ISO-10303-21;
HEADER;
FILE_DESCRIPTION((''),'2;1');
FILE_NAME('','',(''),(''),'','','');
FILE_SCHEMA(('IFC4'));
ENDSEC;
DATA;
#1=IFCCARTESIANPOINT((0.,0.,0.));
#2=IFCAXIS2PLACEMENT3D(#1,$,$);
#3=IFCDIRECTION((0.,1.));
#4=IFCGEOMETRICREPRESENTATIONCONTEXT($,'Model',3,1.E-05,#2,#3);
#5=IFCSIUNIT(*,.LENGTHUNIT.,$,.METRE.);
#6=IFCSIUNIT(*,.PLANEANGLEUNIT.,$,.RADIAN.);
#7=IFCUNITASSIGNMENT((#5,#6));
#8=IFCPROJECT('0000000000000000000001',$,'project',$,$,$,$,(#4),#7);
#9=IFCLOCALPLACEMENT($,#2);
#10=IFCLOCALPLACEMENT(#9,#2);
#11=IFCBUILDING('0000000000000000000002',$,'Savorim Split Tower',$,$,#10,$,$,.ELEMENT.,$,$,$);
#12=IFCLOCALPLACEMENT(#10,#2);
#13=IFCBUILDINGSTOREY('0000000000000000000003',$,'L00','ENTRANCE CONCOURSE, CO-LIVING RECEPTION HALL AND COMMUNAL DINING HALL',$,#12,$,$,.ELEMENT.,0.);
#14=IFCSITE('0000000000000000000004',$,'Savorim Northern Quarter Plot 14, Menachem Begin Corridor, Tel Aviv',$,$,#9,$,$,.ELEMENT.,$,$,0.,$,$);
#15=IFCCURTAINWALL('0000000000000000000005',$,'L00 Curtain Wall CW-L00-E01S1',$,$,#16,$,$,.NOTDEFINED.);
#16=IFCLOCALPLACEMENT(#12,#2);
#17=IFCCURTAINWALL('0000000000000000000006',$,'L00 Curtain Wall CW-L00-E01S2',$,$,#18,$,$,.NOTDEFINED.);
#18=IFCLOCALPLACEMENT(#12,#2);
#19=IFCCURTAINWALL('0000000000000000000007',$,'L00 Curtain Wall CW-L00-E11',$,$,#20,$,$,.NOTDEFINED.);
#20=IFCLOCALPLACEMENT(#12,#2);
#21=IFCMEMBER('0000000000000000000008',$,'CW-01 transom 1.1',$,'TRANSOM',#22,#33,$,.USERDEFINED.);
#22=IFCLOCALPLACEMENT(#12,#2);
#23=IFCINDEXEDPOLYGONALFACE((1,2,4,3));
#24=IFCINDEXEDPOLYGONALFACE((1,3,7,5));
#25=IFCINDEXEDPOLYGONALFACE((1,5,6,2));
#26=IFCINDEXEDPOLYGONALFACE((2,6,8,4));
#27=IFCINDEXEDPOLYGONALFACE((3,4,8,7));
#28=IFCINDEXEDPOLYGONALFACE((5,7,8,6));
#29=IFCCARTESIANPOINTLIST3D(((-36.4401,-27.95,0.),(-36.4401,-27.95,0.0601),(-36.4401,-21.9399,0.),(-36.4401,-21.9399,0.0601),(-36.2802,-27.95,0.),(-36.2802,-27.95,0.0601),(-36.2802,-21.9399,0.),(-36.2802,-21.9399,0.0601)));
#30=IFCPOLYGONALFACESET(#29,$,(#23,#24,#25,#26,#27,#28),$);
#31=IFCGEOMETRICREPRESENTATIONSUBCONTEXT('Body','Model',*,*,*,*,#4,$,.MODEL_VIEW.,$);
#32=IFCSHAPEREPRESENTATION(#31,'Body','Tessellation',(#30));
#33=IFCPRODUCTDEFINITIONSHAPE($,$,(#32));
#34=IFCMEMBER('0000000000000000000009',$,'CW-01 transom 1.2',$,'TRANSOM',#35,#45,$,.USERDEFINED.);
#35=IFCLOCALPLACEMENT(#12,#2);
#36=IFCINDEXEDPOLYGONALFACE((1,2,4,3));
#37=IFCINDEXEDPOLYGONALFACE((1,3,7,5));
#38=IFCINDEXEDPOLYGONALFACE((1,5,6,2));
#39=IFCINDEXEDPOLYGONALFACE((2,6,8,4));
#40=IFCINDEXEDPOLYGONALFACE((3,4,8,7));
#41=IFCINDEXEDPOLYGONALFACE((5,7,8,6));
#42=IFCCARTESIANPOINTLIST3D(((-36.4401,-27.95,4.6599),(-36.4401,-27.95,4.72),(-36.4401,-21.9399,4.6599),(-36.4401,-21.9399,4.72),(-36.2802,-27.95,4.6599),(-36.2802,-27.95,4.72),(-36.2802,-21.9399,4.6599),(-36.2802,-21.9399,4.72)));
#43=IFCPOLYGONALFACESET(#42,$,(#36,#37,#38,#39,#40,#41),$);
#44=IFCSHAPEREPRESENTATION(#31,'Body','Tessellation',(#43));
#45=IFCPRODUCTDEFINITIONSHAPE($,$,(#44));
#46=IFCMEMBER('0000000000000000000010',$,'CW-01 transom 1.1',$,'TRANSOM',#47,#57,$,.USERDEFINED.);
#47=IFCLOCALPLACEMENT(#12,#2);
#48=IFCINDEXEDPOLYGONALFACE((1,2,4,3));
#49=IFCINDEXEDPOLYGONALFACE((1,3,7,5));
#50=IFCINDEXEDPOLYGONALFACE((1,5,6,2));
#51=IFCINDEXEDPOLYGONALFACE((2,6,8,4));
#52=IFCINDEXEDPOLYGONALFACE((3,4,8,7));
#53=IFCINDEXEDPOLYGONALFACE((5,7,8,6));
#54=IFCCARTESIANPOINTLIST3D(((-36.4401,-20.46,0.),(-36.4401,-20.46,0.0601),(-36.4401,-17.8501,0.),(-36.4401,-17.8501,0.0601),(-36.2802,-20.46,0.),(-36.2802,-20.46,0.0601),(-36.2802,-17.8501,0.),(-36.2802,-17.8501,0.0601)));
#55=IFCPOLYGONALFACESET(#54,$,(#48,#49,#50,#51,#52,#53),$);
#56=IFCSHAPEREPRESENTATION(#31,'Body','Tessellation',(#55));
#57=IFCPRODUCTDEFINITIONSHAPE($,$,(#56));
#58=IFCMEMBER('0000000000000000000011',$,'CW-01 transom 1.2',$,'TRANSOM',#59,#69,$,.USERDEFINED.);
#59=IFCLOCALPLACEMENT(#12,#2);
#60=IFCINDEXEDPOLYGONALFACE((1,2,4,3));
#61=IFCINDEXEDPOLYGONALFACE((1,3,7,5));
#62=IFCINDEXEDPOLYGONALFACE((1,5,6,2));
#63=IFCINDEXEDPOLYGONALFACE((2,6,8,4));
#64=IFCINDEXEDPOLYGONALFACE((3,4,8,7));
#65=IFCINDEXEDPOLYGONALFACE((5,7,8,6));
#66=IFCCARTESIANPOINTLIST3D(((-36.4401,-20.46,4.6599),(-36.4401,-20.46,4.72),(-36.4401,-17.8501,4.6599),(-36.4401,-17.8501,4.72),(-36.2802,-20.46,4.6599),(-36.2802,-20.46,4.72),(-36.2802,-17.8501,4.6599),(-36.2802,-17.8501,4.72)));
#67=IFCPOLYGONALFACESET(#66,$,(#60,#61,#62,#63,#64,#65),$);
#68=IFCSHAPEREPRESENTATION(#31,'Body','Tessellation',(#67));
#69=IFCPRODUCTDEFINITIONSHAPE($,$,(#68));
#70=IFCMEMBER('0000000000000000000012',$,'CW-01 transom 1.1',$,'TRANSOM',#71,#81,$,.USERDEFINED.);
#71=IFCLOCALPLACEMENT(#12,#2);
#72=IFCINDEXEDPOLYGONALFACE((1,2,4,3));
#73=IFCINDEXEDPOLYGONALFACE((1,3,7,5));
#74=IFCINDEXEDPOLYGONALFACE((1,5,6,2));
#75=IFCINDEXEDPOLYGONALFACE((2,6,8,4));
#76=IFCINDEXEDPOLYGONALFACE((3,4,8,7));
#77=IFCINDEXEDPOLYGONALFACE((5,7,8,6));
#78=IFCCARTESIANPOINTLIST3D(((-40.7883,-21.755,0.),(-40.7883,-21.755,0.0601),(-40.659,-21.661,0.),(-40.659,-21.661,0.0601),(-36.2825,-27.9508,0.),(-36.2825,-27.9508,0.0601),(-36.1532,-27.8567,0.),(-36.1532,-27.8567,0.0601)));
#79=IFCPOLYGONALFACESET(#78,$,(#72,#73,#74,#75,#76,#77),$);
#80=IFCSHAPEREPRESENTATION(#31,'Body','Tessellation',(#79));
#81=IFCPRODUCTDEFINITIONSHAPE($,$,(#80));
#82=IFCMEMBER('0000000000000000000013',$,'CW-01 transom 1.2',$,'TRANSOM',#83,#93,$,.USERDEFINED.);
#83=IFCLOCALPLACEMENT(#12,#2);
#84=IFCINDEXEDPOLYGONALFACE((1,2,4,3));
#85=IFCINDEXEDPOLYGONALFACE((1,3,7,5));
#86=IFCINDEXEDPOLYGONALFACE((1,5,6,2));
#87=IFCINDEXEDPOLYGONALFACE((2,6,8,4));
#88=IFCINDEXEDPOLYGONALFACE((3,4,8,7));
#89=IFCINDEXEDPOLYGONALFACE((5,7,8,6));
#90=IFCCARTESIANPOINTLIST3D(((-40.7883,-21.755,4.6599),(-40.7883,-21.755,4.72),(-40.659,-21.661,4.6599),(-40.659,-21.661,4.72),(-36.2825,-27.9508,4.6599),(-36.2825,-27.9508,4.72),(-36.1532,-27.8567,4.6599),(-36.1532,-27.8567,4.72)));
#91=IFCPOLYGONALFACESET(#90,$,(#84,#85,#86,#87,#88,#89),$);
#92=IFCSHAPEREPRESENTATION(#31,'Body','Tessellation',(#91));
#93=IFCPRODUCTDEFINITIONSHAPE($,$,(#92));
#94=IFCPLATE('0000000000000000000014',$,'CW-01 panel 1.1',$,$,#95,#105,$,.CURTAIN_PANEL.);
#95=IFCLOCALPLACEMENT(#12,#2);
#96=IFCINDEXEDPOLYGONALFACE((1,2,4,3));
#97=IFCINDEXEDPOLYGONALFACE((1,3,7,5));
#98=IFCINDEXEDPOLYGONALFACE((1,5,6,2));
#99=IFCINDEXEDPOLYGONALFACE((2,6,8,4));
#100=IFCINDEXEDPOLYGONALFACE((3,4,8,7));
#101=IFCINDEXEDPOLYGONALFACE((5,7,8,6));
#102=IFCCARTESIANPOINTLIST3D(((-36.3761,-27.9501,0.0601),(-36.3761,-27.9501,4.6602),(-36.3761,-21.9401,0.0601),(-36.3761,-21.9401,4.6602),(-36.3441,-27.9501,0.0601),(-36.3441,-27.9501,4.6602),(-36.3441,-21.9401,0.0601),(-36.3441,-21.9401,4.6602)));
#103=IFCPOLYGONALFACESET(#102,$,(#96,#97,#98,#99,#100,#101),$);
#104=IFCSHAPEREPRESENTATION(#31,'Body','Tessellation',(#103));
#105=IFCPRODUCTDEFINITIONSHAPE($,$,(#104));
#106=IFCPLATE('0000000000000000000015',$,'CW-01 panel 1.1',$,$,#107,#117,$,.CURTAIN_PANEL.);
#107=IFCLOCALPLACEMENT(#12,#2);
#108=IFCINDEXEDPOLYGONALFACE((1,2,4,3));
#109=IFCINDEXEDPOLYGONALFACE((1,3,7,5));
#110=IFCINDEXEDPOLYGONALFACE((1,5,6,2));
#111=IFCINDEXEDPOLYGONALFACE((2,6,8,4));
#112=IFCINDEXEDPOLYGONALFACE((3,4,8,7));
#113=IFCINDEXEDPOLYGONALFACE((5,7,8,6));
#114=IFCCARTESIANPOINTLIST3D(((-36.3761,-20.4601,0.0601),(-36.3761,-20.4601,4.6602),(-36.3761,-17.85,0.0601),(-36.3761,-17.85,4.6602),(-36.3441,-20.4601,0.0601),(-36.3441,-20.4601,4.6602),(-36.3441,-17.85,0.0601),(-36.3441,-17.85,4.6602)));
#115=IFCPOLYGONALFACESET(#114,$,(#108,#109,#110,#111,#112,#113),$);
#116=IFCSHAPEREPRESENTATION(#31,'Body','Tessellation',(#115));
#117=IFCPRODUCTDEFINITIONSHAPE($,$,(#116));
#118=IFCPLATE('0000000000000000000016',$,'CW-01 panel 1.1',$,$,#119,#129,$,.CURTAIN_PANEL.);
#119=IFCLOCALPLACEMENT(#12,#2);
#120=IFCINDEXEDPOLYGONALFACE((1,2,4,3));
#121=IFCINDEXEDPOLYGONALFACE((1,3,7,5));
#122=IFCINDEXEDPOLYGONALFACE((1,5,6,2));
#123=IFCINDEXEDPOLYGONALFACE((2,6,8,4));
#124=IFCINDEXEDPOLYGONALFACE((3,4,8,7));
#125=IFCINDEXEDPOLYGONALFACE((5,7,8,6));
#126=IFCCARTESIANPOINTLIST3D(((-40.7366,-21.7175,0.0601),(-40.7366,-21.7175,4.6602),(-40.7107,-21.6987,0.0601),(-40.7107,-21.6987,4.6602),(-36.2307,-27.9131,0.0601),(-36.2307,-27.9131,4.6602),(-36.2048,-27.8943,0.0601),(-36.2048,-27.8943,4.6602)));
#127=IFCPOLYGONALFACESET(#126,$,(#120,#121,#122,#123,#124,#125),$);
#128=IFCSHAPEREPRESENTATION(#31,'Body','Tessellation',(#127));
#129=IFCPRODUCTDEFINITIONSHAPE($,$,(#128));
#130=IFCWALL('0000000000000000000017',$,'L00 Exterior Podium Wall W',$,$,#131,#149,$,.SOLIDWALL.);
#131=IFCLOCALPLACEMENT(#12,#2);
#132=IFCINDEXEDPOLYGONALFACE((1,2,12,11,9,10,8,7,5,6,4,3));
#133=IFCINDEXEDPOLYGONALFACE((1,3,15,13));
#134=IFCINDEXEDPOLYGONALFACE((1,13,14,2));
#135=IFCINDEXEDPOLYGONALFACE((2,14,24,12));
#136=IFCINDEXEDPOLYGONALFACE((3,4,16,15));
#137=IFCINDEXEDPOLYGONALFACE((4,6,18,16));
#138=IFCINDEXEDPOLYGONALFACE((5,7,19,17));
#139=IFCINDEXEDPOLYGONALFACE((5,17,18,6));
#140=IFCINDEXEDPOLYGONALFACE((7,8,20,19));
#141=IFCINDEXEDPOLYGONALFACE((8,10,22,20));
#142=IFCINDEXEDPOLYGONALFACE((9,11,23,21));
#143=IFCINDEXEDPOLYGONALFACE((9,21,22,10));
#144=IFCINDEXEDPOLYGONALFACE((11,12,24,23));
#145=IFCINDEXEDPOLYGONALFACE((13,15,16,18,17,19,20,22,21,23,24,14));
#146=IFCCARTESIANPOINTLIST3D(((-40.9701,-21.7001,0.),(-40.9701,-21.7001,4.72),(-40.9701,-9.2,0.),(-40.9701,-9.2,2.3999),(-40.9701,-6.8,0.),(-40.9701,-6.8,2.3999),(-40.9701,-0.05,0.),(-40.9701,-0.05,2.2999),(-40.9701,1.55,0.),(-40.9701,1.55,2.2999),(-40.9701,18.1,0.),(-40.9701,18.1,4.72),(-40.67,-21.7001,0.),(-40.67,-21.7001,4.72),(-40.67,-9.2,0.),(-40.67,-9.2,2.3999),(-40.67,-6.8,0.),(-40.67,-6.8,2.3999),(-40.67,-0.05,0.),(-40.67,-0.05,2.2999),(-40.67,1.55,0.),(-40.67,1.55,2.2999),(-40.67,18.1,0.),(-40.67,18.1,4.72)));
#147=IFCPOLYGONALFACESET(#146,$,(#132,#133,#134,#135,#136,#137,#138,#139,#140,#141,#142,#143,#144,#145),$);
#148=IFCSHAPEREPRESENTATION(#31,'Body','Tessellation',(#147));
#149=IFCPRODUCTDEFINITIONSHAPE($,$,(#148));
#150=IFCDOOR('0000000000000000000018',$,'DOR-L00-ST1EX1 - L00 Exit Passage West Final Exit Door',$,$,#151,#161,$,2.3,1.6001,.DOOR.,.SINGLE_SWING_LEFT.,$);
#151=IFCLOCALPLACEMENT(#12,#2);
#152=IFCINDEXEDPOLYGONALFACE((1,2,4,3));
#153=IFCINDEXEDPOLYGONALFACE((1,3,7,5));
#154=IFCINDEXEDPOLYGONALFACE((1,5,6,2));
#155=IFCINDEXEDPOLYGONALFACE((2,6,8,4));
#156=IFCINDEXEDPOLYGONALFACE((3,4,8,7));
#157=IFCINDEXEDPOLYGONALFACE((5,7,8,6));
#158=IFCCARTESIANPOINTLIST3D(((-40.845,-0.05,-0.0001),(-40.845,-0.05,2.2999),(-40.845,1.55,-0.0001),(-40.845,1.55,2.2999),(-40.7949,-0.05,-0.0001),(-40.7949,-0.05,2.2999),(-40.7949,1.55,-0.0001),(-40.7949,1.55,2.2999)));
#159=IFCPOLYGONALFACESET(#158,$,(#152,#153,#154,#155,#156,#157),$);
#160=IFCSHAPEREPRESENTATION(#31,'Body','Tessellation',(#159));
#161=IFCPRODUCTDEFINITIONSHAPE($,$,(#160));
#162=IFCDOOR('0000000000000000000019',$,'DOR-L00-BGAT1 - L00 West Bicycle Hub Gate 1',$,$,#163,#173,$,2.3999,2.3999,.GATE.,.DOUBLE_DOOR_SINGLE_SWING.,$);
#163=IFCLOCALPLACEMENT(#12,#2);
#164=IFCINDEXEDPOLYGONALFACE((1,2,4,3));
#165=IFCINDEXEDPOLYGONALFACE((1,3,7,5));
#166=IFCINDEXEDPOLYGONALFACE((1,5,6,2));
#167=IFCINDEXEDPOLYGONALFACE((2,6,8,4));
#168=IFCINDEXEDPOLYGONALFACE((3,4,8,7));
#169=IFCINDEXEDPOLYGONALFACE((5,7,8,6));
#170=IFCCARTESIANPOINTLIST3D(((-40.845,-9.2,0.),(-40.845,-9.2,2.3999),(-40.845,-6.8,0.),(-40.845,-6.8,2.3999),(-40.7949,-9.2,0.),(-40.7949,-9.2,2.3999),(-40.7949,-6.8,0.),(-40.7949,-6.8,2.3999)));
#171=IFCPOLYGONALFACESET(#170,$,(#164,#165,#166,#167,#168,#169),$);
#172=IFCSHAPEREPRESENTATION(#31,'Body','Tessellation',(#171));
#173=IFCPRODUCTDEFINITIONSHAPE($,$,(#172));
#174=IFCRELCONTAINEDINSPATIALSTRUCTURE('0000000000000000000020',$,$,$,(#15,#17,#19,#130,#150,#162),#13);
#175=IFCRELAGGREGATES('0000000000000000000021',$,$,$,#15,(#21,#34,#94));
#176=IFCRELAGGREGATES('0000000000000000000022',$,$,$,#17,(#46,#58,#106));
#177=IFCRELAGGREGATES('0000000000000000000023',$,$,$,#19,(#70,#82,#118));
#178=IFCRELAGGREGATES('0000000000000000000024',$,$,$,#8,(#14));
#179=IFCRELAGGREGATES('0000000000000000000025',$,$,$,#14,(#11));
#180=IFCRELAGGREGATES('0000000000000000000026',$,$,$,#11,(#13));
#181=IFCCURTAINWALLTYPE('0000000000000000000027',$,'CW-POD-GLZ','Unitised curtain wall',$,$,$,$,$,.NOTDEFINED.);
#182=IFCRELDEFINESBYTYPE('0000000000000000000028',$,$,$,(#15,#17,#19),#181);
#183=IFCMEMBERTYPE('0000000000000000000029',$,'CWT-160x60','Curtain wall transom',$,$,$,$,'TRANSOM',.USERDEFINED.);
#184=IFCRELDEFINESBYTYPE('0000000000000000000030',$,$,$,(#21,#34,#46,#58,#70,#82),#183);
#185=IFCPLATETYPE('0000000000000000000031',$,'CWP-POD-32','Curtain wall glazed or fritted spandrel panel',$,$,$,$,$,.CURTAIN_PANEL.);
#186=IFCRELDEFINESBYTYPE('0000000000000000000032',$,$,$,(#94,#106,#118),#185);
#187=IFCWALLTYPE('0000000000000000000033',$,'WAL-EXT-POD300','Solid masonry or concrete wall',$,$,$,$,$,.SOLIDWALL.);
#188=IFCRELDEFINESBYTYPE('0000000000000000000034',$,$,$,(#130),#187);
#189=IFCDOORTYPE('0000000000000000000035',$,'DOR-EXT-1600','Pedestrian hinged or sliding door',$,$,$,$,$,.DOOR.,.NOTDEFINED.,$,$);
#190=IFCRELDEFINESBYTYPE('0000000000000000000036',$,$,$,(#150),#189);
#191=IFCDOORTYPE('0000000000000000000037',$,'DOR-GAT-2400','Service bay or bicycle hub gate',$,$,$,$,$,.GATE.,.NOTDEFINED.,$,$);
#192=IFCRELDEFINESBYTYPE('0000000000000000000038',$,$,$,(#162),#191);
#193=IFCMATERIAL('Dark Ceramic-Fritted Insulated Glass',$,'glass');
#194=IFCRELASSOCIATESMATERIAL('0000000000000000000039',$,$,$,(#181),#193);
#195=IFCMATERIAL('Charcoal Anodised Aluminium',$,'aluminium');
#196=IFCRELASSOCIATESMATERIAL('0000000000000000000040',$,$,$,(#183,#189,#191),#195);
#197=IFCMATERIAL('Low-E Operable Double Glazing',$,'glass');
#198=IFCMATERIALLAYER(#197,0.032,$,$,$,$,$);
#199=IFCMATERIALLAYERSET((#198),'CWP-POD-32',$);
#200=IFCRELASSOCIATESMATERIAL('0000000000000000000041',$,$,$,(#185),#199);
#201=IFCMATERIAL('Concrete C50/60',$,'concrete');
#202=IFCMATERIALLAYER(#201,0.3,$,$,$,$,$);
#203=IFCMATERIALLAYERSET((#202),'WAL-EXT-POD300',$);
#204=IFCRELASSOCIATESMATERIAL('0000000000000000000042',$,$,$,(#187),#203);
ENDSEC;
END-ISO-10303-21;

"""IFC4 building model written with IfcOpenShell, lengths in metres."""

from ifc_helpers import new_model, si_unit, direction, frame, frame_2d, origin, origin_2d, place, context, subcontext, project, spatial, rectangle, extrude, material, layer, layer_set, material_profile, profile_set, type_object, element, fill, aggregate, save


model = new_model("IFC4")

# Units and contexts
model_context = context("Model", 3, precision=1e-05, world=origin(), true_north=direction((0.0, 1.0)))
body_context = subcontext(model_context, "Body", "Model", "MODEL_VIEW")
ifc_project = project(units=[si_unit("LENGTHUNIT", "METRE"), si_unit("PLANEANGLEUNIT", "RADIAN")], contexts=[model_context])

# Site, building, storey
site_placement = place(None, origin())
site = spatial("IfcSite", under=ifc_project, at=site_placement, Name="Savorim Northern Quarter Plot 14, Menachem Begin Corridor, Tel Aviv", CompositionType="ELEMENT", RefElevation=0.0)
building_placement = place(site_placement, origin())
building = spatial("IfcBuilding", under=site, at=building_placement, Name="Savorim Split Tower", CompositionType="ELEMENT")
storey_placement = place(building_placement, origin())
storey = spatial("IfcBuildingStorey", under=building, at=storey_placement, Name="L00", Description="ENTRANCE CONCOURSE, CO-LIVING RECEPTION HALL AND COMMUNAL DINING HALL", CompositionType="ELEMENT", Elevation=0.0)

# Curtain walls
ifc_material_1 = material(Name="Dark Ceramic-Fritted Insulated Glass", Category="glass")
curtain_wall_type = type_object("IfcCurtainWallType", Name="CW-POD-GLZ", Description="Unitised curtain wall", PredefinedType="NOTDEFINED", material=ifc_material_1)
curtain_wall_1_placement = place(storey_placement, origin())
curtain_wall_1 = element("IfcCurtainWall", 1, at=curtain_wall_1_placement, inside=storey, type_object=curtain_wall_type, Name="L00 Curtain Wall CW-L00-E01S1", PredefinedType="NOTDEFINED")
ifc_material_2 = material(Name="Charcoal Anodised Aluminium", Category="aluminium")
curtain_wall_2_placement = place(storey_placement, origin())
curtain_wall_2 = element("IfcCurtainWall", 2, at=curtain_wall_2_placement, inside=storey, type_object=curtain_wall_type, Name="L00 Curtain Wall CW-L00-E01S2", PredefinedType="NOTDEFINED")

# Curtain wall
curtain_wall_3_placement = place(storey_placement, origin())
curtain_wall_3 = element("IfcCurtainWall", 3, at=curtain_wall_3_placement, inside=storey, type_object=curtain_wall_type, Name="L00 Curtain Wall CW-L00-E11", PredefinedType="NOTDEFINED")

# Members
ifc_material_profile_1 = material_profile(ifc_material_2, rectangle(XDim=0.1599, YDim=0.0601, at=origin_2d()), Name="ALU-T 160x60")
ifc_profile_set_1 = profile_set([ifc_material_profile_1], Name="Charcoal Anodised Aluminium")
member_type_1 = type_object("IfcMemberType", Name="CWT-160x60", Description="Curtain wall transom", ElementType="TRANSOM", PredefinedType="USERDEFINED", material=ifc_profile_set_1)
member_1_placement = place(storey_placement, frame((-36.3601, -27.95, 0.03), z_axis=(0.0, 1.0, 0.0), x_axis=(-1.0, 0.0, 0.0)))
member_1 = element("IfcMember", 4, at=member_1_placement, type_object=member_type_1, Name="CW-01 transom 1.1", ObjectType="TRANSOM", PredefinedType="USERDEFINED", context=body_context, shape_type="SweptSolid", body=[
    extrude(rectangle(XDim=0.1599, YDim=0.0601, at=origin_2d()), origin(), (0.0, 0.0, 1.0), 6.01),
])
member_2_placement = place(storey_placement, frame((-36.3601, -27.95, 4.6899), z_axis=(0.0, 1.0, 0.0), x_axis=(-1.0, 0.0, 0.0)))
member_2 = element("IfcMember", 5, at=member_2_placement, type_object=member_type_1, Name="CW-01 transom 1.2", ObjectType="TRANSOM", PredefinedType="USERDEFINED", context=body_context, shape_type="SweptSolid", body=[
    extrude(rectangle(XDim=0.1599, YDim=0.0601, at=origin_2d()), origin(), (0.0, 0.0, 1.0), 6.01),
])
member_3_placement = place(storey_placement, frame((-36.3601, -20.46, 0.03), z_axis=(0.0, 1.0, 0.0), x_axis=(-1.0, 0.0, 0.0)))
member_3 = element("IfcMember", 6, at=member_3_placement, type_object=member_type_1, Name="CW-01 transom 1.1", ObjectType="TRANSOM", PredefinedType="USERDEFINED", context=body_context, shape_type="SweptSolid", body=[
    extrude(rectangle(XDim=0.1599, YDim=0.0601, at=origin_2d()), origin(), (0.0, 0.0, 1.0), 2.6099),
])
member_4_placement = place(storey_placement, frame((-36.3601, -20.46, 4.6899), z_axis=(0.0, 1.0, 0.0), x_axis=(-1.0, 0.0, 0.0)))
member_4 = element("IfcMember", 7, at=member_4_placement, type_object=member_type_1, Name="CW-01 transom 1.2", ObjectType="TRANSOM", PredefinedType="USERDEFINED", context=body_context, shape_type="SweptSolid", body=[
    extrude(rectangle(XDim=0.1599, YDim=0.0601, at=origin_2d()), origin(), (0.0, 0.0, 1.0), 2.6099),
])
member_5_placement = place(storey_placement, frame((-40.7236, -21.708, 0.03), z_axis=(0.588157, -0.808747, 0.0), x_axis=(0.808747, 0.588157, 0.0)))
member_5 = element("IfcMember", 8, at=member_5_placement, type_object=member_type_1, Name="CW-01 transom 1.1", ObjectType="TRANSOM", PredefinedType="USERDEFINED", context=body_context, shape_type="SweptSolid", body=[
    extrude(rectangle(XDim=0.1599, YDim=0.0601, at=origin_2d()), origin(), (0.0, 0.0, 1.0), 7.6609),
])
member_6_placement = place(storey_placement, frame((-40.7236, -21.708, 4.6899), z_axis=(0.588157, -0.808747, 0.0), x_axis=(0.808747, 0.588157, 0.0)))
member_6 = element("IfcMember", 9, at=member_6_placement, type_object=member_type_1, Name="CW-01 transom 1.2", ObjectType="TRANSOM", PredefinedType="USERDEFINED", context=body_context, shape_type="SweptSolid", body=[
    extrude(rectangle(XDim=0.1599, YDim=0.0601, at=origin_2d()), origin(), (0.0, 0.0, 1.0), 7.6609),
])

# Plates
ifc_material_3 = material(Name="Low-E Operable Double Glazing", Category="glass")
ifc_layer_1 = layer(ifc_material_3, 0.032)
ifc_layer_set_1 = layer_set([ifc_layer_1], Name="CWP-POD-32")
plate_type = type_object("IfcPlateType", Name="CWP-POD-32", Description="Curtain wall glazed or fritted spandrel panel", PredefinedType="CURTAIN_PANEL", material=ifc_layer_set_1)
plate_1_placement = place(storey_placement, frame((-36.3601, -24.9451, 0.0601), z_axis=(0.0, 0.0, 1.0), x_axis=(0.0, 1.0, 0.0)))
plate_1 = element("IfcPlate", 10, at=plate_1_placement, type_object=plate_type, Name="CW-01 panel 1.1", PredefinedType="CURTAIN_PANEL", context=body_context, shape_type="SweptSolid", body=[
    extrude(rectangle(XDim=6.01, YDim=0.032, at=origin_2d()), origin(), (0.0, 0.0, 1.0), 4.6001),
])
aggregate(curtain_wall_1, [member_1, member_2, plate_1])
plate_2_placement = place(storey_placement, frame((-36.3601, -19.155, 0.0601), z_axis=(0.0, 0.0, 1.0), x_axis=(0.0, 1.0, 0.0)))
plate_2 = element("IfcPlate", 11, at=plate_2_placement, type_object=plate_type, Name="CW-01 panel 1.1", PredefinedType="CURTAIN_PANEL", context=body_context, shape_type="SweptSolid", body=[
    extrude(rectangle(XDim=2.6101, YDim=0.032, at=origin_2d()), origin(), (0.0, 0.0, 1.0), 4.6001),
])
aggregate(curtain_wall_2, [member_3, member_4, plate_2])
plate_3_placement = place(storey_placement, frame((-38.4707, -24.8059, 0.0601), z_axis=(0.0, 0.0, 1.0), x_axis=(0.58817, -0.808737, 0.0)))
plate_3 = element("IfcPlate", 12, at=plate_3_placement, type_object=plate_type, Name="CW-01 panel 1.1", PredefinedType="CURTAIN_PANEL", context=body_context, shape_type="SweptSolid", body=[
    extrude(rectangle(XDim=7.6609, YDim=0.032, at=origin_2d()), origin(), (0.0, 0.0, 1.0), 4.6001),
])
aggregate(curtain_wall_3, [member_5, member_6, plate_3])

# Wall, openings, doors
ifc_material_4 = material(Name="Concrete C50/60", Category="concrete")
ifc_layer_2 = layer(ifc_material_4, 0.3)
ifc_layer_set_2 = layer_set([ifc_layer_2], Name="WAL-EXT-POD300")
wall_type = type_object("IfcWallType", Name="WAL-EXT-POD300", Description="Solid masonry or concrete wall", PredefinedType="SOLIDWALL", material=ifc_layer_set_2)
wall_placement = place(storey_placement, frame((-40.8201, -21.7, 0.0), z_axis=(0.0, 0.0, 1.0), x_axis=(0.0, 1.0, 0.0)))
wall = element("IfcWall", 13, at=wall_placement, inside=storey, type_object=wall_type, Name="L00 Exterior Podium Wall W", PredefinedType="SOLIDWALL", context=body_context, shape_type="SweptSolid", body=[
    extrude(rectangle(XDim=39.8, YDim=0.3, at=frame_2d((19.8999, 0.0))), origin(), (0.0, 0.0, 1.0), 4.72),
])
opening_1_placement = place(wall_placement, frame((21.6499, 0.0, 0.0)))
opening_1 = element("IfcOpeningElement", 14, at=opening_1_placement, cuts=wall, PredefinedType="OPENING", context=body_context, shape_type="SweptSolid", body=[
    extrude(rectangle(XDim=1.6001, YDim=2.3, at=frame_2d((0.8, 1.1499))), frame((0.0, 0.1599, 0.0), z_axis=(0.0, -1.0, 0.0), x_axis=(1.0, 0.0, 0.0)), (0.0, 0.0, 1.0), 0.3201),
])
opening_2_placement = place(wall_placement, frame((12.5, 0.0, 0.0)))
opening_2 = element("IfcOpeningElement", 15, at=opening_2_placement, cuts=wall, PredefinedType="OPENING", context=body_context, shape_type="SweptSolid", body=[
    extrude(rectangle(XDim=2.3999, YDim=2.3999, at=frame_2d((1.2, 1.2))), frame((0.0, 0.1599, 0.0), z_axis=(0.0, -1.0, 0.0), x_axis=(1.0, 0.0, 0.0)), (0.0, 0.0, 1.0), 0.3201),
])
door_type_1 = type_object("IfcDoorType", Name="DOR-EXT-1600", Description="Pedestrian hinged or sliding door", OperationType="NOTDEFINED", PredefinedType="DOOR", material=ifc_material_2)
door_1_placement = place(opening_1_placement, origin())
door_1 = element("IfcDoor", 16, at=door_1_placement, inside=storey, type_object=door_type_1, Name="DOR-L00-ST1EX1 - L00 Exit Passage West Final Exit Door", OperationType="SINGLE_SWING_LEFT", OverallHeight=2.3, OverallWidth=1.6001, PredefinedType="DOOR", context=body_context, shape_type="SweptSolid", body=[
    extrude(rectangle(XDim=1.6001, YDim=2.3, at=frame_2d((0.8, 1.1499))), frame((0.0, 0.0249, 0.0), z_axis=(0.0, -1.0, 0.0), x_axis=(1.0, 0.0, 0.0)), (0.0, 0.0, 1.0), 0.05),
])
fill(opening_1, door_1)
door_type_2 = type_object("IfcDoorType", Name="DOR-GAT-2400", Description="Service bay or bicycle hub gate", OperationType="NOTDEFINED", PredefinedType="GATE", material=ifc_material_2)
door_2_placement = place(opening_2_placement, origin())
door_2 = element("IfcDoor", 17, at=door_2_placement, inside=storey, type_object=door_type_2, Name="DOR-L00-BGAT1 - L00 West Bicycle Hub Gate 1", OperationType="DOUBLE_DOOR_SINGLE_SWING", OverallHeight=2.3999, OverallWidth=2.3999, PredefinedType="GATE", context=body_context, shape_type="SweptSolid", body=[
    extrude(rectangle(XDim=2.3999, YDim=2.3999, at=frame_2d((1.2, 1.2))), frame((0.0, 0.0249, 0.0), z_axis=(0.0, -1.0, 0.0), x_axis=(1.0, 0.0, 0.0)), (0.0, 0.0, 1.0), 0.05),
])
fill(opening_2, door_2)

save(model, "model.ifc")
